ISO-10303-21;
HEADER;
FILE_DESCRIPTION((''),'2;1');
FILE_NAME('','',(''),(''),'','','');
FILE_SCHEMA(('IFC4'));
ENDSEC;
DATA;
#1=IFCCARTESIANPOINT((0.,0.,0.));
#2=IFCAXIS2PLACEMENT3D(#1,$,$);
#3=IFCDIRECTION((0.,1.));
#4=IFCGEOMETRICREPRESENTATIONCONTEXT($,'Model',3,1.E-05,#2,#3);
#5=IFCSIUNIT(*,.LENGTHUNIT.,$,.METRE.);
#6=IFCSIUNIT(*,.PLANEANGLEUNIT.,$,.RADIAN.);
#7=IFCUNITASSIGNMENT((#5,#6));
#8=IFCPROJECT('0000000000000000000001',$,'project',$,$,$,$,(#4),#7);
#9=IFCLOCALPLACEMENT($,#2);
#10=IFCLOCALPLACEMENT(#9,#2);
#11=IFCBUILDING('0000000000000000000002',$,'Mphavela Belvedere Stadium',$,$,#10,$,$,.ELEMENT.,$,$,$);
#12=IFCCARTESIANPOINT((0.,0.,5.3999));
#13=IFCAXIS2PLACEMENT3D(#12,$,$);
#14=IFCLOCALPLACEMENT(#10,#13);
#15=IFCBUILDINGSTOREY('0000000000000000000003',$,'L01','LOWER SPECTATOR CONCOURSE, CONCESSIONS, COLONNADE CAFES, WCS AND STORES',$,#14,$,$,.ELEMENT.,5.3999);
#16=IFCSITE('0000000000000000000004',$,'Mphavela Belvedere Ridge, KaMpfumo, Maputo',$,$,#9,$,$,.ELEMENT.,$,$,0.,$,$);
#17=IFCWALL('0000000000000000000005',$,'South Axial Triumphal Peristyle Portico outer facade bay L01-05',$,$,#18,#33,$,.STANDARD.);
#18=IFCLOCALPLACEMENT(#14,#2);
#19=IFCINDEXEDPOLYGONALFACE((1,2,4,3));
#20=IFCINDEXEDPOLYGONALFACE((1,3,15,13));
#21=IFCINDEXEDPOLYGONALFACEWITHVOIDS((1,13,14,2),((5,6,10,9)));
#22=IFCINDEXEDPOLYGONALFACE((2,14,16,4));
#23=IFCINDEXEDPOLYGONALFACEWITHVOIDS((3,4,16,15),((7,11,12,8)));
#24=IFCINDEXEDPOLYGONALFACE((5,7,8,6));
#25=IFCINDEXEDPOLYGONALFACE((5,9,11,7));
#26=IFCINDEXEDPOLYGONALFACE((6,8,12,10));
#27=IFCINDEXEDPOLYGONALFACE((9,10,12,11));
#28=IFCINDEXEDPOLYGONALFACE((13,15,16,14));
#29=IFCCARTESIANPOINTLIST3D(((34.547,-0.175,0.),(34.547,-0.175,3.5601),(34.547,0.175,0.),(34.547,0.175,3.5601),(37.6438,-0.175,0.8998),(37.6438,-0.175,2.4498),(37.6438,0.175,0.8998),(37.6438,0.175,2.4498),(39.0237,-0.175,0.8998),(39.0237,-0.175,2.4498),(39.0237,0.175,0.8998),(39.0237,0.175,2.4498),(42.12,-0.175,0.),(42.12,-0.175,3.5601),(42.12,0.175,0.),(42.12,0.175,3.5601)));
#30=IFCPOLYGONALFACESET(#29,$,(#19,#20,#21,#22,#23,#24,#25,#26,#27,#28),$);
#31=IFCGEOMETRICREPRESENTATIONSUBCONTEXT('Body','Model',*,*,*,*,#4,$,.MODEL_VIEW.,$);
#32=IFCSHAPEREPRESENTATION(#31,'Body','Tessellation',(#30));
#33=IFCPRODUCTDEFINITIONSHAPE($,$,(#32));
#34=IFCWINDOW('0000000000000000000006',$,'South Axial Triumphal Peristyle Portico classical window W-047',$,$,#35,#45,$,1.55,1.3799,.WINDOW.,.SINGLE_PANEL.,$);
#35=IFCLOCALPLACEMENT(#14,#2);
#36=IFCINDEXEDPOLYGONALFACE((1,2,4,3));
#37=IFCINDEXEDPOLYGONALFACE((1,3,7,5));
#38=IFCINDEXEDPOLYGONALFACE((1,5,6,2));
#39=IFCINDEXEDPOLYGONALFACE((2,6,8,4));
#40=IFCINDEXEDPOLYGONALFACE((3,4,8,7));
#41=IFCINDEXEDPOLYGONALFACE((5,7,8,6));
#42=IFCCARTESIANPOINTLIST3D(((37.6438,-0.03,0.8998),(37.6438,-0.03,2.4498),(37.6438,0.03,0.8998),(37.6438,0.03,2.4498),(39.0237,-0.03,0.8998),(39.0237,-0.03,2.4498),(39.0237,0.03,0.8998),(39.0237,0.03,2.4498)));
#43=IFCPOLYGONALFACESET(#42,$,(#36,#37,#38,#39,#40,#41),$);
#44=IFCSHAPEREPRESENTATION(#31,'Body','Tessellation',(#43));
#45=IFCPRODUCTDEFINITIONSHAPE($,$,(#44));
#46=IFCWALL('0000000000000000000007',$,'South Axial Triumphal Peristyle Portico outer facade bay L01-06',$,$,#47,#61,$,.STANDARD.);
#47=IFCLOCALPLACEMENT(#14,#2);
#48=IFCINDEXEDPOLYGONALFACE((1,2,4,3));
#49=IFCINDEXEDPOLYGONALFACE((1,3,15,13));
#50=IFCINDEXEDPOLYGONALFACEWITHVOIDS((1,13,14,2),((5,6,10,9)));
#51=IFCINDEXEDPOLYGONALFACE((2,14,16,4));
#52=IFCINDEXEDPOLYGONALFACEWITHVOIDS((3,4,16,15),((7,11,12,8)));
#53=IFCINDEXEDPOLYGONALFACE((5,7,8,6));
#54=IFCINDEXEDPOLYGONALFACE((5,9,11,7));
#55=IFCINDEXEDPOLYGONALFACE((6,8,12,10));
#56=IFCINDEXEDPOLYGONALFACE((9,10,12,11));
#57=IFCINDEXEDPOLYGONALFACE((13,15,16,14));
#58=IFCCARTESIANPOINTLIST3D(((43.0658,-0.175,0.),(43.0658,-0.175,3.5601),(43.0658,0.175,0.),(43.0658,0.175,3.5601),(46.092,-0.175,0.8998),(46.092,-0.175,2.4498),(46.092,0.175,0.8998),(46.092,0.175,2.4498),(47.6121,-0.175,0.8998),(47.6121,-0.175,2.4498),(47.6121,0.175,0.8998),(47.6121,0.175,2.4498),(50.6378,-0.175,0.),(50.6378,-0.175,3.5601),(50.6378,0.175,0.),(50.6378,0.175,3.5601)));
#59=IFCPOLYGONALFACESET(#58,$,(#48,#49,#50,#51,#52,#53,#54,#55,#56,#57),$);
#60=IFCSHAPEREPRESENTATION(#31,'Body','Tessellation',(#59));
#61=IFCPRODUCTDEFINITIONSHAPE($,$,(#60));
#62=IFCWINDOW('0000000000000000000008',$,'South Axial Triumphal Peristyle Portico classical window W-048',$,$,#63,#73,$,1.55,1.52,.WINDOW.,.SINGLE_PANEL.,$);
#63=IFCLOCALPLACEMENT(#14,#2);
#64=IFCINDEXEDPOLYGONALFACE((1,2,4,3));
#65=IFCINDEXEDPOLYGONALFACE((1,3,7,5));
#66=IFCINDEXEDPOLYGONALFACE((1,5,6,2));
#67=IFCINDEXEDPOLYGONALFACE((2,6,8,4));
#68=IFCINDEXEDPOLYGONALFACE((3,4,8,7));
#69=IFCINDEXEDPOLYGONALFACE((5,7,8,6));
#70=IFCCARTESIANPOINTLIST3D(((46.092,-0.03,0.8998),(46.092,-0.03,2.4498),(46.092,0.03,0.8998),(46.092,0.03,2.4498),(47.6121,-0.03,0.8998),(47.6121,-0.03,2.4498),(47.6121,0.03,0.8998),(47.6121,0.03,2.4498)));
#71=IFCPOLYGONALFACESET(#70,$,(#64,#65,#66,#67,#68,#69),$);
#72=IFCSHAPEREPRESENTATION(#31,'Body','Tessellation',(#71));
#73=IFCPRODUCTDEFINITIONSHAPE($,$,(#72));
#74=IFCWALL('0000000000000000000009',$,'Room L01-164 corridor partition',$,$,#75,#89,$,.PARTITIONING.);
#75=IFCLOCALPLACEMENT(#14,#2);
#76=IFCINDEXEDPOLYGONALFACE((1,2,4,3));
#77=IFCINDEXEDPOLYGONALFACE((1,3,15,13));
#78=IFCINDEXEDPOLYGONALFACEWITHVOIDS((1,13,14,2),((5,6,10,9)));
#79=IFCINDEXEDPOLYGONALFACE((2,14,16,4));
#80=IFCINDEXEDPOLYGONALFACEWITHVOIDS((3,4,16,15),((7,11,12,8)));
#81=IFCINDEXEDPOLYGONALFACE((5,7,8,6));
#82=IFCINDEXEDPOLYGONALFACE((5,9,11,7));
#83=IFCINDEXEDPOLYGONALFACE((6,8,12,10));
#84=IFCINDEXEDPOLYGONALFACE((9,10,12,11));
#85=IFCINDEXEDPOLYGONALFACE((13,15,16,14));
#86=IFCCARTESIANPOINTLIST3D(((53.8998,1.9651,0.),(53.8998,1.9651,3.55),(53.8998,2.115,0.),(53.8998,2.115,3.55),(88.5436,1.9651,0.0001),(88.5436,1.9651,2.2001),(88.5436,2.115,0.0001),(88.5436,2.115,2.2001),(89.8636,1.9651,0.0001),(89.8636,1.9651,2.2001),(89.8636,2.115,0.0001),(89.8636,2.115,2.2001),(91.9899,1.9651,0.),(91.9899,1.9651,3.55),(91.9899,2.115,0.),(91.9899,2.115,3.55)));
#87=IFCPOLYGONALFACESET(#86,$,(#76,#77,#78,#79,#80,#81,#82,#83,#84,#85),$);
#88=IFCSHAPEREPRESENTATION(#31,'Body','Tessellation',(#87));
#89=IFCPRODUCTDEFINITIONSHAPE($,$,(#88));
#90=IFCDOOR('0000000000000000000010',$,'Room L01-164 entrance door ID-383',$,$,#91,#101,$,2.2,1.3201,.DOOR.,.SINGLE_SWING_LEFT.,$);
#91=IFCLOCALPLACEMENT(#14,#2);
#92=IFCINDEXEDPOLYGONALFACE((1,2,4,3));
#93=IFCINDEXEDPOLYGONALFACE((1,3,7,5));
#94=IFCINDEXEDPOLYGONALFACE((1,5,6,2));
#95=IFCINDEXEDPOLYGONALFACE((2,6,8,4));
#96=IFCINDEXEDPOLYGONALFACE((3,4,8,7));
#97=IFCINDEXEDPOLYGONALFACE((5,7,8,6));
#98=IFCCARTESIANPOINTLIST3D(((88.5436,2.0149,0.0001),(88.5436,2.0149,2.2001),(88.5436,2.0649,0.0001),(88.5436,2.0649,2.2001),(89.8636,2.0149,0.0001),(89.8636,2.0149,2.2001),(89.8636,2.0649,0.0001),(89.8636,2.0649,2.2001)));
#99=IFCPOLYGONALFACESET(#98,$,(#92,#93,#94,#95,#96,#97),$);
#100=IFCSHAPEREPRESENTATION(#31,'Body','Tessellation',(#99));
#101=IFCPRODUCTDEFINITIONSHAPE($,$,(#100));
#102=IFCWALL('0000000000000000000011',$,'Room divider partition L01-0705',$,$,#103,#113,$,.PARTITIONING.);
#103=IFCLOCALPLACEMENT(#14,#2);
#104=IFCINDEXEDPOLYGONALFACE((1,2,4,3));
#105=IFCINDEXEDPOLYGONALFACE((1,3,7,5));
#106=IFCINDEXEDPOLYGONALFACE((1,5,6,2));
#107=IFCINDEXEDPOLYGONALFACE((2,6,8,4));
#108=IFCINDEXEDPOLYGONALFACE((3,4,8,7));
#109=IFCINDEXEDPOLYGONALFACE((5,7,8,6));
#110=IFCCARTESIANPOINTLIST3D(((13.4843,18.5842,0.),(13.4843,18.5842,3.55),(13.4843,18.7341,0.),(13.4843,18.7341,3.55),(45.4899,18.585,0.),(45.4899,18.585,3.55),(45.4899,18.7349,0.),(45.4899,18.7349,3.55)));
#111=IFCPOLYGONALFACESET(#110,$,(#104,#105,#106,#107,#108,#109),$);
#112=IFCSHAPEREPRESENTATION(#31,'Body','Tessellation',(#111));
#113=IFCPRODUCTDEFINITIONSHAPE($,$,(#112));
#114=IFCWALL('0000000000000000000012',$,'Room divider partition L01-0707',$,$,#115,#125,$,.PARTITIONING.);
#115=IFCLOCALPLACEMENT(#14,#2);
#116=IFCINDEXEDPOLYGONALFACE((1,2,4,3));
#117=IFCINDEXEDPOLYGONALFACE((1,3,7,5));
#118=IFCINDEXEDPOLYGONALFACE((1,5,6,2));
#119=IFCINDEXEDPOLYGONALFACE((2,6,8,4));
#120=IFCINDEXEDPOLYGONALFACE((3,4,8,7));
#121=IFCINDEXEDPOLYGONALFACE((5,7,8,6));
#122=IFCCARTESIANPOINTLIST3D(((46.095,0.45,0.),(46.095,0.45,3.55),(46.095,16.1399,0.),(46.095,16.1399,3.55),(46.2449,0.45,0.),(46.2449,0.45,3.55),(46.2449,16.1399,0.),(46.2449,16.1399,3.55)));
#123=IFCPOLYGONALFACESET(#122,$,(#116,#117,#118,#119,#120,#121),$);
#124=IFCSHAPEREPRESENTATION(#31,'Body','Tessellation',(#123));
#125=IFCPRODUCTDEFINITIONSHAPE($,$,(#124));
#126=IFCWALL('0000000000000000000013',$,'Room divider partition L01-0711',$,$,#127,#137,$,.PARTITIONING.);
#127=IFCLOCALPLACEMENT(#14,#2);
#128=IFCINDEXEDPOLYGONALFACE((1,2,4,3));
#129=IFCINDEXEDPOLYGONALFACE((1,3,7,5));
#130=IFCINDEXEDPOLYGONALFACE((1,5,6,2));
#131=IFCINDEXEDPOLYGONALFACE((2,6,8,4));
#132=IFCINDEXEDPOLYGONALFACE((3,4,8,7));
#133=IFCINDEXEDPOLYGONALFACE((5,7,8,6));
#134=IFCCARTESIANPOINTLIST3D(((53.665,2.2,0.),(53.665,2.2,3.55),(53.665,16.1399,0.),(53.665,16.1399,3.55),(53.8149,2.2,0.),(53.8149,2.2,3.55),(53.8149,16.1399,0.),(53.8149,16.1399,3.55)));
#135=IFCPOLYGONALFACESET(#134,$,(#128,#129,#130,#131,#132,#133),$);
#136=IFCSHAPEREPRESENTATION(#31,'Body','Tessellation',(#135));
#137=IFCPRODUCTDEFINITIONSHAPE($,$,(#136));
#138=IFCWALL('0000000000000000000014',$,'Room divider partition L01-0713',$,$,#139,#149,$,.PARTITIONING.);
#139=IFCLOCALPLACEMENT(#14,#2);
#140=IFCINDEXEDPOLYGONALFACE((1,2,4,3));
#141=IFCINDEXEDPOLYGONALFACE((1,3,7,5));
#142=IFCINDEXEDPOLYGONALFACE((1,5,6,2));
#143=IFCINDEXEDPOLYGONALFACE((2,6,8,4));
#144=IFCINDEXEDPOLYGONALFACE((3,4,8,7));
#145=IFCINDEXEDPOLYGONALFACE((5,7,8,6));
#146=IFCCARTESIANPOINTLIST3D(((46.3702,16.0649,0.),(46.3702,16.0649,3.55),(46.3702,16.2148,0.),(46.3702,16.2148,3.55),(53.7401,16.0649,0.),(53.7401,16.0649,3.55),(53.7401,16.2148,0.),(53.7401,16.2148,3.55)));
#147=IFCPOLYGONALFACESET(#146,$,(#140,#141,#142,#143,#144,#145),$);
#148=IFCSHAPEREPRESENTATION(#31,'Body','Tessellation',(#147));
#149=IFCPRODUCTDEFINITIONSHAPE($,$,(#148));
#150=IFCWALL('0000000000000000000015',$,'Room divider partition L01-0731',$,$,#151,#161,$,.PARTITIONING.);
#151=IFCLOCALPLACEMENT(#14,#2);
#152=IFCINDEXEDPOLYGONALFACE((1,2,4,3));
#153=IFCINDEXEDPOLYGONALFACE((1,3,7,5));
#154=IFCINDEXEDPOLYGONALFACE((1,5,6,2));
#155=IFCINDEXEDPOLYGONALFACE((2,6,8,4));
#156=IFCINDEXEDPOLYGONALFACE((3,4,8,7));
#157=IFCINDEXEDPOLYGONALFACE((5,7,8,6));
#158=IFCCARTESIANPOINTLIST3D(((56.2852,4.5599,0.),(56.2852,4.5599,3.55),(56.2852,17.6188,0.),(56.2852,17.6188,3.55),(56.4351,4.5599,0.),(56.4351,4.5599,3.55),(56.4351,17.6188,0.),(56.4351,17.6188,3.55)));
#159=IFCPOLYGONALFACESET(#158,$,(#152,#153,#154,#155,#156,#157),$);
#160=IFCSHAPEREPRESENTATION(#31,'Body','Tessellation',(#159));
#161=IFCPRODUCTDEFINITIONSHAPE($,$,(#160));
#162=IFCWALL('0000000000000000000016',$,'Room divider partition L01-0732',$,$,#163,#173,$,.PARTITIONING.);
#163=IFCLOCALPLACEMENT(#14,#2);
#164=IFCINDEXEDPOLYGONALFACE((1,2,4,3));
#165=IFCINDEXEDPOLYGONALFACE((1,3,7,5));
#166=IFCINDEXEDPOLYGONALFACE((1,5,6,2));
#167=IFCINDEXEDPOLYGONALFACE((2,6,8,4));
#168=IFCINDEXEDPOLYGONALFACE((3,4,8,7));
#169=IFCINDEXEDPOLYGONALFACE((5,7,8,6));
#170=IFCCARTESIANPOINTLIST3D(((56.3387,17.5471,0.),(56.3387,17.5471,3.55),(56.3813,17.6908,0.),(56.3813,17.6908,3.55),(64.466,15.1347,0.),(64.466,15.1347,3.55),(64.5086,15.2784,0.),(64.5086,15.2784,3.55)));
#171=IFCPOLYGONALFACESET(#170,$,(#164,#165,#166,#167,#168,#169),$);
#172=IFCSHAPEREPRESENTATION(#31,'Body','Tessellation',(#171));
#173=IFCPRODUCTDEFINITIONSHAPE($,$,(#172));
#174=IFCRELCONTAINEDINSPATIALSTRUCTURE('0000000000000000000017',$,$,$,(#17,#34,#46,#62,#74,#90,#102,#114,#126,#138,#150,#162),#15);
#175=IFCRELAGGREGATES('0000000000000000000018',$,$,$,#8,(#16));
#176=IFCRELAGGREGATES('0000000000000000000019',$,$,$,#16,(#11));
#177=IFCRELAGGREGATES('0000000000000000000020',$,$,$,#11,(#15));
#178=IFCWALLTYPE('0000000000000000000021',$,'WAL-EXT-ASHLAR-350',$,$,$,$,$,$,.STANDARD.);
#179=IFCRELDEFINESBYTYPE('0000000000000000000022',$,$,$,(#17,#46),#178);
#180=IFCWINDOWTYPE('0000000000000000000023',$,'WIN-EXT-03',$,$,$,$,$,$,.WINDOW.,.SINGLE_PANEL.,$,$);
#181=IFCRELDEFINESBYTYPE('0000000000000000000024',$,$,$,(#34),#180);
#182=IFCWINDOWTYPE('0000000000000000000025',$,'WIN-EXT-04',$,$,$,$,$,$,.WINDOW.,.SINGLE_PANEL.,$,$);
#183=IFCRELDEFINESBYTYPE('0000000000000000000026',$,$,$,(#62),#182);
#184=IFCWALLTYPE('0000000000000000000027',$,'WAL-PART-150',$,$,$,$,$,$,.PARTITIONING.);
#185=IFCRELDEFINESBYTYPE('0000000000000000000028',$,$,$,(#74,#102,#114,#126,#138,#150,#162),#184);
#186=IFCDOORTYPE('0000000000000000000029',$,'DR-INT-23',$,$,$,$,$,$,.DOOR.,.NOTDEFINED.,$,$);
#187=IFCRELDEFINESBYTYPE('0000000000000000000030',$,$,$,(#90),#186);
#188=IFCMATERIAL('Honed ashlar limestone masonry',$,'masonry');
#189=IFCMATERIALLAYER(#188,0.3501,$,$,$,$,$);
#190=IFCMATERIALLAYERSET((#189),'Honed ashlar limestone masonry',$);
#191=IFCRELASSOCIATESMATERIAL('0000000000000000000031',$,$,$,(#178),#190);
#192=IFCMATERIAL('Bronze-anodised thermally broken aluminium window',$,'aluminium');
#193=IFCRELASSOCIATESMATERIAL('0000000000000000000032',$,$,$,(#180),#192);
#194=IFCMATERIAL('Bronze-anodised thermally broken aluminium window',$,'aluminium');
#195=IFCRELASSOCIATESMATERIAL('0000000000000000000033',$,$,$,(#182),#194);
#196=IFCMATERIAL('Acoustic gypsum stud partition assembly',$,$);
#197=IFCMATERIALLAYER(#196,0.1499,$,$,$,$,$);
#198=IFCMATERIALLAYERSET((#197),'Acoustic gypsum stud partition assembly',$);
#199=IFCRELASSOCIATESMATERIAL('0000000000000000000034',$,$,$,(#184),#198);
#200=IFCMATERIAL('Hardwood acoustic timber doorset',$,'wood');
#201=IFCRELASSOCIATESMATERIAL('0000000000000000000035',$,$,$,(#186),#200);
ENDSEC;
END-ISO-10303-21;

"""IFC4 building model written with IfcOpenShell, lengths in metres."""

from ifc_helpers import new_model, si_unit, direction, frame, frame_2d, origin, place, context, subcontext, project, spatial, rectangle, extrude, material, layer, layer_set, type_object, element, fill, save


model = new_model("IFC4")

# Units and contexts
model_context = context("Model", 3, precision=1e-05, world=origin(), true_north=direction((0.0, 1.0)))
body_context = subcontext(model_context, "Body", "Model", "MODEL_VIEW")
ifc_project = project(units=[si_unit("LENGTHUNIT", "METRE"), si_unit("PLANEANGLEUNIT", "RADIAN")], contexts=[model_context])

# Site, building, storey
site_placement = place(None, origin())
site = spatial("IfcSite", under=ifc_project, at=site_placement, Name="Mphavela Belvedere Ridge, KaMpfumo, Maputo", CompositionType="ELEMENT", RefElevation=0.0)
building_placement = place(site_placement, origin())
building = spatial("IfcBuilding", under=site, at=building_placement, Name="Mphavela Belvedere Stadium", CompositionType="ELEMENT")
storey_placement = place(building_placement, frame((0.0, 0.0, 5.3999)))
storey = spatial("IfcBuildingStorey", under=building, at=storey_placement, Name="L01", Description="LOWER SPECTATOR CONCOURSE, CONCESSIONS, COLONNADE CAFES, WCS AND STORES", CompositionType="ELEMENT", Elevation=5.3999)

# Walls, openings, windows
ifc_material_1 = material(Name="Honed ashlar limestone masonry", Category="masonry")
ifc_layer_1 = layer(ifc_material_1, 0.3501)
ifc_layer_set_1 = layer_set([ifc_layer_1], Name="Honed ashlar limestone masonry")
wall_type_1 = type_object("IfcWallType", Name="WAL-EXT-ASHLAR-350", PredefinedType="STANDARD", material=ifc_layer_set_1)
wall_1_placement = place(storey_placement, frame((42.1201, 0.0, 0.0), z_axis=(0.0, 0.0, 1.0), x_axis=(-1.0, 0.0, 0.0)))
wall_1 = element("IfcWall", 1, at=wall_1_placement, inside=storey, type_object=wall_type_1, Name="South Axial Triumphal Peristyle Portico outer facade bay L01-05", PredefinedType="STANDARD", context=body_context, shape_type="SweptSolid", body=[
    extrude(rectangle(XDim=7.573, YDim=0.3501, at=frame_2d((3.7866, 0.0))), origin(), (0.0, 0.0, 1.0), 3.5601),
])
opening_1_placement = place(wall_1_placement, frame((3.0964, 0.0, 0.8999)))
opening_1 = element("IfcOpeningElement", 2, at=opening_1_placement, cuts=wall_1, PredefinedType="OPENING", context=body_context, shape_type="SweptSolid", body=[
    extrude(rectangle(XDim=1.3799, YDim=1.55, at=frame_2d((0.6899, 0.7749))), frame((0.0, 0.1851, 0.0), z_axis=(0.0, -1.0, 0.0), x_axis=(1.0, 0.0, 0.0)), (0.0, 0.0, 1.0), 0.3701),
])
ifc_material_2 = material(Name="Bronze-anodised thermally broken aluminium window", Category="aluminium")
window_type_1 = type_object("IfcWindowType", Name="WIN-EXT-03", PartitioningType="SINGLE_PANEL", PredefinedType="WINDOW", material=ifc_material_2)
window_1_placement = place(opening_1_placement, origin())
window_1 = element("IfcWindow", 3, at=window_1_placement, inside=storey, type_object=window_type_1, Name="South Axial Triumphal Peristyle Portico classical window W-047", OverallHeight=1.55, OverallWidth=1.3799, PartitioningType="SINGLE_PANEL", PredefinedType="WINDOW", context=body_context, shape_type="SweptSolid", body=[
    extrude(rectangle(XDim=1.3799, YDim=1.55, at=frame_2d((0.6899, 0.7749))), frame((0.0, 0.03, 0.0), z_axis=(0.0, -1.0, 0.0), x_axis=(1.0, 0.0, 0.0)), (0.0, 0.0, 1.0), 0.0601),
])
fill(opening_1, window_1)
wall_2_placement = place(storey_placement, frame((50.6379, 0.0, 0.0), z_axis=(0.0, 0.0, 1.0), x_axis=(-1.0, 0.0, 0.0)))
wall_2 = element("IfcWall", 4, at=wall_2_placement, inside=storey, type_object=wall_type_1, Name="South Axial Triumphal Peristyle Portico outer facade bay L01-06", PredefinedType="STANDARD", context=body_context, shape_type="SweptSolid", body=[
    extrude(rectangle(XDim=7.572, YDim=0.3501, at=frame_2d((3.7861, 0.0))), origin(), (0.0, 0.0, 1.0), 3.5601),
])
opening_2_placement = place(wall_2_placement, frame((3.0259, 0.0, 0.8999)))
opening_2 = element("IfcOpeningElement", 5, at=opening_2_placement, cuts=wall_2, PredefinedType="OPENING", context=body_context, shape_type="SweptSolid", body=[
    extrude(rectangle(XDim=1.52, YDim=1.55, at=frame_2d((0.76, 0.7749))), frame((0.0, 0.1851, 0.0), z_axis=(0.0, -1.0, 0.0), x_axis=(1.0, 0.0, 0.0)), (0.0, 0.0, 1.0), 0.3701),
])
ifc_material_3 = material(Name="Bronze-anodised thermally broken aluminium window", Category="aluminium")
window_type_2 = type_object("IfcWindowType", Name="WIN-EXT-04", PartitioningType="SINGLE_PANEL", PredefinedType="WINDOW", material=ifc_material_3)
window_2_placement = place(opening_2_placement, origin())
window_2 = element("IfcWindow", 6, at=window_2_placement, inside=storey, type_object=window_type_2, Name="South Axial Triumphal Peristyle Portico classical window W-048", OverallHeight=1.55, OverallWidth=1.52, PartitioningType="SINGLE_PANEL", PredefinedType="WINDOW", context=body_context, shape_type="SweptSolid", body=[
    extrude(rectangle(XDim=1.52, YDim=1.55, at=frame_2d((0.76, 0.7749))), frame((0.0, 0.03, 0.0), z_axis=(0.0, -1.0, 0.0), x_axis=(1.0, 0.0, 0.0)), (0.0, 0.0, 1.0), 0.0601),
])
fill(opening_2, window_2)

# Wall, opening, door
ifc_material_4 = material(Name="Acoustic gypsum stud partition assembly")
ifc_layer_2 = layer(ifc_material_4, 0.1499)
ifc_layer_set_2 = layer_set([ifc_layer_2], Name="Acoustic gypsum stud partition assembly")
wall_type_2 = type_object("IfcWallType", Name="WAL-PART-150", PredefinedType="PARTITIONING", material=ifc_layer_set_2)
wall_3_placement = place(storey_placement, frame((53.8999, 2.04, 0.0), z_axis=(0.0, 0.0, 1.0), x_axis=(1.0, 0.0, 0.0)))
wall_3 = element("IfcWall", 7, at=wall_3_placement, inside=storey, type_object=wall_type_2, Name="Room L01-164 corridor partition", PredefinedType="PARTITIONING", context=body_context, shape_type="SweptSolid", body=[
    extrude(rectangle(XDim=38.0901, YDim=0.1499, at=frame_2d((19.0449, 0.0))), origin(), (0.0, 0.0, 1.0), 3.55),
])
opening_3_placement = place(wall_3_placement, frame((34.6436, 0.0, 0.0)))
opening_3 = element("IfcOpeningElement", 8, at=opening_3_placement, cuts=wall_3, PredefinedType="OPENING", context=body_context, shape_type="SweptSolid", body=[
    extrude(rectangle(XDim=1.3201, YDim=2.2, at=frame_2d((0.6602, 1.1001))), frame((0.0, 0.085, 0.0), z_axis=(0.0, -1.0, 0.0), x_axis=(1.0, 0.0, 0.0)), (0.0, 0.0, 1.0), 0.1699),
])
ifc_material_5 = material(Name="Hardwood acoustic timber doorset", Category="wood")
door_type = type_object("IfcDoorType", Name="DR-INT-23", OperationType="NOTDEFINED", PredefinedType="DOOR", material=ifc_material_5)
door_placement = place(opening_3_placement, origin())
door = element("IfcDoor", 9, at=door_placement, inside=storey, type_object=door_type, Name="Room L01-164 entrance door ID-383", OperationType="SINGLE_SWING_LEFT", OverallHeight=2.2, OverallWidth=1.3201, PredefinedType="DOOR", context=body_context, shape_type="SweptSolid", body=[
    extrude(rectangle(XDim=1.3201, YDim=2.2, at=frame_2d((0.6602, 1.1001))), frame((0.0, 0.0249, 0.0), z_axis=(0.0, -1.0, 0.0), x_axis=(1.0, 0.0, 0.0)), (0.0, 0.0, 1.0), 0.05),
])
fill(opening_3, door)

# Walls
wall_4_placement = place(storey_placement, frame((45.49, 18.6599, 0.0), z_axis=(0.0, 0.0, 1.0), x_axis=(-1.0, -0.000023, 0.0)))
element("IfcWall", 10, at=wall_4_placement, inside=storey, type_object=wall_type_2, Name="Room divider partition L01-0705", PredefinedType="PARTITIONING", context=body_context, shape_type="SweptSolid", body=[
    extrude(rectangle(XDim=32.0056, YDim=0.1499, at=frame_2d((16.0029, 0.0))), origin(), (0.0, 0.0, 1.0), 3.55),
])
wall_5_placement = place(storey_placement, frame((46.1699, 16.1399, 0.0), z_axis=(0.0, 0.0, 1.0), x_axis=(0.0, -1.0, 0.0)))
element("IfcWall", 11, at=wall_5_placement, inside=storey, type_object=wall_type_2, Name="Room divider partition L01-0707", PredefinedType="PARTITIONING", context=body_context, shape_type="SweptSolid", body=[
    extrude(rectangle(XDim=15.6899, YDim=0.1499, at=frame_2d((7.845, 0.0))), origin(), (0.0, 0.0, 1.0), 3.55),
])
wall_6_placement = place(storey_placement, frame((53.74, 16.1399, 0.0), z_axis=(0.0, 0.0, 1.0), x_axis=(0.0, -1.0, 0.0)))
element("IfcWall", 12, at=wall_6_placement, inside=storey, type_object=wall_type_2, Name="Room divider partition L01-0711", PredefinedType="PARTITIONING", context=body_context, shape_type="SweptSolid", body=[
    extrude(rectangle(XDim=13.9399, YDim=0.1499, at=frame_2d((6.97, 0.0))), origin(), (0.0, 0.0, 1.0), 3.55),
])
wall_7_placement = place(storey_placement, frame((46.3701, 16.1399, 0.0), z_axis=(0.0, 0.0, 1.0), x_axis=(1.0, 0.0, 0.0)))
element("IfcWall", 13, at=wall_7_placement, inside=storey, type_object=wall_type_2, Name="Room divider partition L01-0713", PredefinedType="PARTITIONING", context=body_context, shape_type="SweptSolid", body=[
    extrude(rectangle(XDim=7.3699, YDim=0.1499, at=frame_2d((3.6851, 0.0))), origin(), (0.0, 0.0, 1.0), 3.55),
])
wall_8_placement = place(storey_placement, frame((56.3601, 4.5601, 0.0), z_axis=(0.0, 0.0, 1.0), x_axis=(0.0, 1.0, 0.0)))
element("IfcWall", 14, at=wall_8_placement, inside=storey, type_object=wall_type_2, Name="Room divider partition L01-0731", PredefinedType="PARTITIONING", context=body_context, shape_type="SweptSolid", body=[
    extrude(rectangle(XDim=13.0588, YDim=0.1499, at=frame_2d((6.5293, 0.0))), origin(), (0.0, 0.0, 1.0), 3.55),
])
wall_9_placement = place(storey_placement, frame((56.3601, 17.6189, 0.0), z_axis=(0.0, 0.0, 1.0), x_axis=(0.95866, -0.284554, 0.0)))
element("IfcWall", 15, at=wall_9_placement, inside=storey, type_object=wall_type_2, Name="Room divider partition L01-0732", PredefinedType="PARTITIONING", context=body_context, shape_type="SweptSolid", body=[
    extrude(rectangle(XDim=8.4778, YDim=0.1499, at=frame_2d((4.2388, 0.0))), origin(), (0.0, 0.0, 1.0), 3.55),
])

save(model, "model.ifc")
